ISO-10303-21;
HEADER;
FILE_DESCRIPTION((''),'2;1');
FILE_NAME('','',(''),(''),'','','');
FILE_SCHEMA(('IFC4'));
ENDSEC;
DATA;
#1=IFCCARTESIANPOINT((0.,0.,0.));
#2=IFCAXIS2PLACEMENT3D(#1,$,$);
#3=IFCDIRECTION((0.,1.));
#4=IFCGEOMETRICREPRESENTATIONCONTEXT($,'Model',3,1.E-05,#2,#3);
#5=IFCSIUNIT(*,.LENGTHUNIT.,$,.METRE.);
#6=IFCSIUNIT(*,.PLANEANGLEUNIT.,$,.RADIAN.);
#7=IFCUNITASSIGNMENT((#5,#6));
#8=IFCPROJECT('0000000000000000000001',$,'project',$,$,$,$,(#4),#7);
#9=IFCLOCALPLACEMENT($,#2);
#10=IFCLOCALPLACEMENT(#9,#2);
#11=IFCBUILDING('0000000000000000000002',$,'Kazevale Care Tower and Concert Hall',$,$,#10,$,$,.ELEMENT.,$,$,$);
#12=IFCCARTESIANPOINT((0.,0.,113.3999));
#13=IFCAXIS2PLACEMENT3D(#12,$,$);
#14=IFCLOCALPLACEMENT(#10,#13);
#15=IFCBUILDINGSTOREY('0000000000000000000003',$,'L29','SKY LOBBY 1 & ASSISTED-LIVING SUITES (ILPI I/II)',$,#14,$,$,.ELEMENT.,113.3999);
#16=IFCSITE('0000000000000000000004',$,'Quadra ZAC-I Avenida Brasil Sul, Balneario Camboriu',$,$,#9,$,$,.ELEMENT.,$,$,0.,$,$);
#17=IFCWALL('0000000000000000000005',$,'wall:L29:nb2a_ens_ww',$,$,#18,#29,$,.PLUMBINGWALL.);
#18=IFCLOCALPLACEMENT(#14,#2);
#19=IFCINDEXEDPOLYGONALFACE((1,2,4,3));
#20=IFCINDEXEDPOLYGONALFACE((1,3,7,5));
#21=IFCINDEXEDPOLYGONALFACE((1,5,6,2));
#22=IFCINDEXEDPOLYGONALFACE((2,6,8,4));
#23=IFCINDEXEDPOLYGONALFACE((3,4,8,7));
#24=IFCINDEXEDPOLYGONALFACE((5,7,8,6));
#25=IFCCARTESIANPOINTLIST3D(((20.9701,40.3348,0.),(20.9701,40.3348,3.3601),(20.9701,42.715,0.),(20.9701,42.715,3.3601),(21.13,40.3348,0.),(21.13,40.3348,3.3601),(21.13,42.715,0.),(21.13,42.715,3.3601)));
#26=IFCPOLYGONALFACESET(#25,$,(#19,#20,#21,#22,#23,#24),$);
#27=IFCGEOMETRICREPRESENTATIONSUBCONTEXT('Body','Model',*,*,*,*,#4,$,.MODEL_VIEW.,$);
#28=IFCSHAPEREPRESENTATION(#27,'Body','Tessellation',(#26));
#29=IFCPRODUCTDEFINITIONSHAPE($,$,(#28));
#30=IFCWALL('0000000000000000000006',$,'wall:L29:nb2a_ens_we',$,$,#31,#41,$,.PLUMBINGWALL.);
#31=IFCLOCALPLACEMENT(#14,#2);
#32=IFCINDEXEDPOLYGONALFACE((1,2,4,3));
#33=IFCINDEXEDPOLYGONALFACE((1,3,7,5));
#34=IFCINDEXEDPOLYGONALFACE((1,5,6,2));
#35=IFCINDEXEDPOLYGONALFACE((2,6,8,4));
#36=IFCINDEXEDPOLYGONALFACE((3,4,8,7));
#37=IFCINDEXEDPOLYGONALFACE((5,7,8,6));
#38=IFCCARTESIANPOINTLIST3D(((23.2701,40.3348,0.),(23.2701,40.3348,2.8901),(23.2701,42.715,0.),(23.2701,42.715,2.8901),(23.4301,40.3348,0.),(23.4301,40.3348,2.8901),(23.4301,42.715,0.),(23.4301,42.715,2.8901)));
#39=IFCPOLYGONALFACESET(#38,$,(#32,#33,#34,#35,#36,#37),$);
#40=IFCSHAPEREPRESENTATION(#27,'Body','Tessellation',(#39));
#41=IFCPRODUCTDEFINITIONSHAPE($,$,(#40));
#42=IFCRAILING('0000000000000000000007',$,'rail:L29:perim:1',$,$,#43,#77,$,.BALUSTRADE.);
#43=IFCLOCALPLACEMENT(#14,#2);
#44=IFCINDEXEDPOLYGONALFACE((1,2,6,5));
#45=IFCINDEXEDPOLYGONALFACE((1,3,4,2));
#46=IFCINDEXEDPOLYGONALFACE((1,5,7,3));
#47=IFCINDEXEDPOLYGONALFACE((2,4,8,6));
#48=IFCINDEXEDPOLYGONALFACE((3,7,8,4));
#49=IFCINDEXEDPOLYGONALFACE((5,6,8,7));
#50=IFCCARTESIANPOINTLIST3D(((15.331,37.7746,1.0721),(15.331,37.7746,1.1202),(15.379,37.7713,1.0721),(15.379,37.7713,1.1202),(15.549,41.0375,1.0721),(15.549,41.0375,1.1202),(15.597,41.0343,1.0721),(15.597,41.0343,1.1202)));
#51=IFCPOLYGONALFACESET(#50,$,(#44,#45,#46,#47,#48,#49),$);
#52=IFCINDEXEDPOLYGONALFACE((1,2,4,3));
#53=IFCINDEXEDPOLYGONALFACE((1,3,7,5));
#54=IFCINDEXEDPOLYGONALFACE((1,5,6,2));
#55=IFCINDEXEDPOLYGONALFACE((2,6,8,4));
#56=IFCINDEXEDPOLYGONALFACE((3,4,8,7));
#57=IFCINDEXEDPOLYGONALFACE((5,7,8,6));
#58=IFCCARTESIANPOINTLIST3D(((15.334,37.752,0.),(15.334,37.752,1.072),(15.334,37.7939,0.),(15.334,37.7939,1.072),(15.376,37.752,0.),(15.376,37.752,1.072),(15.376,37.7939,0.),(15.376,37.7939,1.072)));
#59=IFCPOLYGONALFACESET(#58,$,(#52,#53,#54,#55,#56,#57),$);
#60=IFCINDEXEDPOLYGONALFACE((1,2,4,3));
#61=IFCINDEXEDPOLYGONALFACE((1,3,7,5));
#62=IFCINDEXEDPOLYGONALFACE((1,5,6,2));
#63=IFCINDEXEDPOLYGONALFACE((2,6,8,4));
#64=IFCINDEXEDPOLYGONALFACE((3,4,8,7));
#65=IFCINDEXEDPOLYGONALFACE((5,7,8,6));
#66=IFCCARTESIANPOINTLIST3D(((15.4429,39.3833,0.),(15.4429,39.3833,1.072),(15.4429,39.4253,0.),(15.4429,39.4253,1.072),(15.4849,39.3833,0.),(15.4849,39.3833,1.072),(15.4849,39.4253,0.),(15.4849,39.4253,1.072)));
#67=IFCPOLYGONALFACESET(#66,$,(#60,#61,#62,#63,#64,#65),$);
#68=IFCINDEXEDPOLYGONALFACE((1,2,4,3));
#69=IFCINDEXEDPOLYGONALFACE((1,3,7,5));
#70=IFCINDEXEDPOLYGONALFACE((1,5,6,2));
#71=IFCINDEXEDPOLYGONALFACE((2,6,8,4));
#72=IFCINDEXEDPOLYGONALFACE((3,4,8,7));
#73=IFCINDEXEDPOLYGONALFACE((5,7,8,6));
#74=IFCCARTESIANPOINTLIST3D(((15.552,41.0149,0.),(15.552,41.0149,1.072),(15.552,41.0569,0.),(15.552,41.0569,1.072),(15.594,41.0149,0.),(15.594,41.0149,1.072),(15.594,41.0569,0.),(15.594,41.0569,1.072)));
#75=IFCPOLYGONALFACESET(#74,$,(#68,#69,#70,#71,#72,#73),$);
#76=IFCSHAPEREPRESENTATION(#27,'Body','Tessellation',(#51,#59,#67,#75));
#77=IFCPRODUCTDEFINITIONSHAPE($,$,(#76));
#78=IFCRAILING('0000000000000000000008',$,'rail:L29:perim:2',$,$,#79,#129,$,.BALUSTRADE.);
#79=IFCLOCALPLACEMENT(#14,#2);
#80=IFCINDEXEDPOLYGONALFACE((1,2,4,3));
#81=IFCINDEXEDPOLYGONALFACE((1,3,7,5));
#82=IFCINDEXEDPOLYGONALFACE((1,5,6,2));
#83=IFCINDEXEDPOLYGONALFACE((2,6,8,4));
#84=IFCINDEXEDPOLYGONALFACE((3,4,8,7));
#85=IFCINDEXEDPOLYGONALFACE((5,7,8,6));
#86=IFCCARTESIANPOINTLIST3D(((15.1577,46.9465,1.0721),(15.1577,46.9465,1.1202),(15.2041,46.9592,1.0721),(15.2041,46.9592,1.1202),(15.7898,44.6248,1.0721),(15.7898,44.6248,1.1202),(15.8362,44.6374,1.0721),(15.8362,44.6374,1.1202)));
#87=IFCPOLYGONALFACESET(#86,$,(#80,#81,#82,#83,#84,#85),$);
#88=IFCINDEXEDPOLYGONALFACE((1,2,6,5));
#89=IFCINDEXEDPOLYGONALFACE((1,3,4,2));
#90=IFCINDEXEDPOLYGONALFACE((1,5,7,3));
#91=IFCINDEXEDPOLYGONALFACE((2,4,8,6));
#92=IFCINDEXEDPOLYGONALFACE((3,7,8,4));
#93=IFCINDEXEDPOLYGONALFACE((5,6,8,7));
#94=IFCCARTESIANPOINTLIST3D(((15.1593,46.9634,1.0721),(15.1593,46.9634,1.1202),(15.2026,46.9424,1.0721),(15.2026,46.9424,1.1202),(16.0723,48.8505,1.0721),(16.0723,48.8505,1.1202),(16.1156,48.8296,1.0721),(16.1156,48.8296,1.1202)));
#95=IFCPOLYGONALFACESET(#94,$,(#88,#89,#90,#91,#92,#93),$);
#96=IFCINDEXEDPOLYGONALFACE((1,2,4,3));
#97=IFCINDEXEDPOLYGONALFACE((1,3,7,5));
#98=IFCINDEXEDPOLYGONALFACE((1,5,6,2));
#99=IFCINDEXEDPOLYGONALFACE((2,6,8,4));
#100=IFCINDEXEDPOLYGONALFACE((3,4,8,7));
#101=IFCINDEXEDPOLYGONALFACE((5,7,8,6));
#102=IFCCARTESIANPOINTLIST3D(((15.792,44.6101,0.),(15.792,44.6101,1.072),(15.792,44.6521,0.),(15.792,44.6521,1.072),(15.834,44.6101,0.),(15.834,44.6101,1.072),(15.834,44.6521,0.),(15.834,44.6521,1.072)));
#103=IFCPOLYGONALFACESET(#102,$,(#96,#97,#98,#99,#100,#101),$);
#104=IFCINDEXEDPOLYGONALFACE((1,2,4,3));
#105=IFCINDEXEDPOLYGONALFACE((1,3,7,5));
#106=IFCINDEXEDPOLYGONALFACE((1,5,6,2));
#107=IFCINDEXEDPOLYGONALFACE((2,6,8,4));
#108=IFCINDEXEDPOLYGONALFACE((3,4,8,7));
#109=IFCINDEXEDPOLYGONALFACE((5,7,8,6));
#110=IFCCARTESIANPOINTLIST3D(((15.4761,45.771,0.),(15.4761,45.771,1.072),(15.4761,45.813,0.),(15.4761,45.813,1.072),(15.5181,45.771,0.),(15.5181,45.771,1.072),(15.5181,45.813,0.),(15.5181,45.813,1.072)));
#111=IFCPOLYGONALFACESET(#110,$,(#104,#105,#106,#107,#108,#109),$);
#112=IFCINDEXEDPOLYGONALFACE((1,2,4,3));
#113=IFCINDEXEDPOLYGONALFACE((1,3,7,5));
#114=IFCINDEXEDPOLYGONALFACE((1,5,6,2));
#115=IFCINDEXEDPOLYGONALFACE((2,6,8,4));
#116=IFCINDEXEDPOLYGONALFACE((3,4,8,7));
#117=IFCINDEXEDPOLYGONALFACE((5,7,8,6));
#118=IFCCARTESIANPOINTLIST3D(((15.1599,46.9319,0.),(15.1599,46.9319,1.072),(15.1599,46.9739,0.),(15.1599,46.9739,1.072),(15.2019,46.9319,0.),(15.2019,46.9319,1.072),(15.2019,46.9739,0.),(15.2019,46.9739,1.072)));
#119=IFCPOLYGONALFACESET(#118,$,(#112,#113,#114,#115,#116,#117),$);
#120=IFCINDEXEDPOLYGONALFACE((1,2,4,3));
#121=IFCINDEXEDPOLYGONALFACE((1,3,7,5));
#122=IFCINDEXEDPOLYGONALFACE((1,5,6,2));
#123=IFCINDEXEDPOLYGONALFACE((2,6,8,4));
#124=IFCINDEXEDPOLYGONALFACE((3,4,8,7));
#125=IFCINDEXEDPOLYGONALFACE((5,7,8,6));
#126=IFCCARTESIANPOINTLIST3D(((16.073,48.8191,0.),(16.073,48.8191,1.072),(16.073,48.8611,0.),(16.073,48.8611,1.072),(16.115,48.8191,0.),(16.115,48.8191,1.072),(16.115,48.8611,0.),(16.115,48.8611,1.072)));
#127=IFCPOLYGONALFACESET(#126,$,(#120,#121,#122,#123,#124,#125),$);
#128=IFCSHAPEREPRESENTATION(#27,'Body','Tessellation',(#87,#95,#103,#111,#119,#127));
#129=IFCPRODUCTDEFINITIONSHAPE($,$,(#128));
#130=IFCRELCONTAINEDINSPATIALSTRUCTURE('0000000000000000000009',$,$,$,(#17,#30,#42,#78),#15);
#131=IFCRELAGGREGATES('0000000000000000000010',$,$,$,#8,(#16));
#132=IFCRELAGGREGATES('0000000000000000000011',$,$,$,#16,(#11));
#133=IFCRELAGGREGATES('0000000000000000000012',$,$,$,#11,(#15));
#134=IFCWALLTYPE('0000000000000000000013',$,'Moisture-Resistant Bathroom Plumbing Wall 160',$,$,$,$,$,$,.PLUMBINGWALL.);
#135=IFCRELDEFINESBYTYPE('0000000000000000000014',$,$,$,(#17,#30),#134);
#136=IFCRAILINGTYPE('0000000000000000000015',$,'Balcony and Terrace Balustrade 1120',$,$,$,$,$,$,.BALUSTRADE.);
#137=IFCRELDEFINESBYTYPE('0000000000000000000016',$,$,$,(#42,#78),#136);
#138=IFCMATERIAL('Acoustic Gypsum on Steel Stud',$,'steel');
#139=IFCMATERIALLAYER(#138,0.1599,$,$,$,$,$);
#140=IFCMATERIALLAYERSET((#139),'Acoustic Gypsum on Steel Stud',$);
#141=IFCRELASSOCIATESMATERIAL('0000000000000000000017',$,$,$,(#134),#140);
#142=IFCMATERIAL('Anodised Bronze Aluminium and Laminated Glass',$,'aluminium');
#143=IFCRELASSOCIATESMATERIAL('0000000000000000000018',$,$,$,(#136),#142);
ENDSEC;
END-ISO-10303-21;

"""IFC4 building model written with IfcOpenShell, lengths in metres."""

from ifc_helpers import new_model, si_unit, direction, frame, frame_2d, origin, origin_2d, place, context, subcontext, project, spatial, rectangle, extrude, material, layer, layer_set, type_object, element, save


model = new_model("IFC4")

# Units and contexts
model_context = context("Model", 3, precision=1e-05, world=origin(), true_north=direction((0.0, 1.0)))
body_context = subcontext(model_context, "Body", "Model", "MODEL_VIEW")
ifc_project = project(units=[si_unit("LENGTHUNIT", "METRE"), si_unit("PLANEANGLEUNIT", "RADIAN")], contexts=[model_context])

# Site, building, storey
site_placement = place(None, origin())
site = spatial("IfcSite", under=ifc_project, at=site_placement, Name="Quadra ZAC-I Avenida Brasil Sul, Balneario Camboriu", CompositionType="ELEMENT", RefElevation=0.0)
building_placement = place(site_placement, origin())
building = spatial("IfcBuilding", under=site, at=building_placement, Name="Kazevale Care Tower and Concert Hall", CompositionType="ELEMENT")
storey_placement = place(building_placement, frame((0.0, 0.0, 113.3999)))
storey = spatial("IfcBuildingStorey", under=building, at=storey_placement, Name="L29", Description="SKY LOBBY 1 & ASSISTED-LIVING SUITES (ILPI I/II)", CompositionType="ELEMENT", Elevation=113.3999)

# Shared definitions
ifc_material_1 = material(Name="Acoustic Gypsum on Steel Stud", Category="steel")
ifc_layer_1 = layer(ifc_material_1, 0.1599)
ifc_layer_set_1 = layer_set([ifc_layer_1], Name="Acoustic Gypsum on Steel Stud")
wall_type_1 = type_object("IfcWallType", Name="Moisture-Resistant Bathroom Plumbing Wall 160", PredefinedType="PLUMBINGWALL", material=ifc_layer_set_1)

# Walls
wall_1_placement = place(storey_placement, frame((21.05, 40.335, 0.0), z_axis=(0.0, 0.0, 1.0), x_axis=(0.0, 1.0, 0.0)))
element("IfcWall", 1, at=wall_1_placement, inside=storey, type_object=wall_type_1, Name="wall:L29:nb2a_ens_ww", PredefinedType="PLUMBINGWALL", context=body_context, shape_type="SweptSolid", body=[
    extrude(rectangle(XDim=2.3801, YDim=0.1599, at=frame_2d((1.1899, 0.0))), origin(), (0.0, 0.0, 1.0), 3.3601),
])
wall_2_placement = place(storey_placement, frame((23.3501, 40.335, 0.0), z_axis=(0.0, 0.0, 1.0), x_axis=(0.0, 1.0, 0.0)))
element("IfcWall", 2, at=wall_2_placement, inside=storey, type_object=wall_type_1, Name="wall:L29:nb2a_ens_we", PredefinedType="PLUMBINGWALL", context=body_context, shape_type="SweptSolid", body=[
    extrude(rectangle(XDim=2.3801, YDim=0.1599, at=frame_2d((1.1899, 0.0))), origin(), (0.0, 0.0, 1.0), 2.8901),
])

# Railings
ifc_material_2 = material(Name="Anodised Bronze Aluminium and Laminated Glass", Category="aluminium")
railing_type = type_object("IfcRailingType", Name="Balcony and Terrace Balustrade 1120", PredefinedType="BALUSTRADE", material=ifc_material_2)
railing_1_placement = place(storey_placement, frame((15.355, 37.7729, 0.0)))
element("IfcRailing", 3, at=railing_1_placement, inside=storey, type_object=railing_type, Name="rail:L29:perim:1", PredefinedType="BALUSTRADE", context=body_context, shape_type="SweptSolid", body=[
    extrude(rectangle(XDim=0.0481, YDim=0.0481, at=origin_2d()), frame((0.0, 0.0, 1.0962), z_axis=(0.066668, 0.997775, 0.0), x_axis=(-0.997775, 0.066668, 0.0)), (0.0, 0.0, 1.0), 3.2703),
    extrude(rectangle(XDim=0.042, YDim=0.042, at=origin_2d()), origin(), (0.0, 0.0, 1.0), 1.072),
    extrude(rectangle(XDim=0.042, YDim=0.042, at=origin_2d()), frame((0.1089, 1.6313, 0.0)), (0.0, 0.0, 1.0), 1.072),
    extrude(rectangle(XDim=0.042, YDim=0.042, at=origin_2d()), frame((0.218, 3.2629, 0.0)), (0.0, 0.0, 1.0), 1.072),
])
railing_2_placement = place(storey_placement, frame((15.813, 44.6311, 0.0)))
element("IfcRailing", 4, at=railing_2_placement, inside=storey, type_object=railing_type, Name="rail:L29:perim:2", PredefinedType="BALUSTRADE", context=body_context, shape_type="SweptSolid", body=[
    extrude(rectangle(XDim=0.0481, YDim=0.0481, at=origin_2d()), frame((0.0, 0.0, 1.0962), z_axis=(-0.26268, 0.964883, 0.0), x_axis=(-0.964883, -0.26268, 0.0)), (0.0, 0.0, 1.0), 2.4062),
    extrude(rectangle(XDim=0.0481, YDim=0.0481, at=origin_2d()), frame((-0.6321, 2.3218, 1.0962), z_axis=(0.43553, 0.900174, 0.0), x_axis=(-0.900174, 0.43553, 0.0)), (0.0, 0.0, 1.0), 2.0964),
    extrude(rectangle(XDim=0.042, YDim=0.042, at=origin_2d()), origin(), (0.0, 0.0, 1.0), 1.072),
    extrude(rectangle(XDim=0.042, YDim=0.042, at=origin_2d()), frame((-0.3159, 1.1609, 0.0)), (0.0, 0.0, 1.0), 1.072),
    extrude(rectangle(XDim=0.042, YDim=0.042, at=origin_2d()), frame((-0.6321, 2.3218, 0.0)), (0.0, 0.0, 1.0), 1.072),
    extrude(rectangle(XDim=0.042, YDim=0.042, at=origin_2d()), frame((0.281, 4.209, 0.0)), (0.0, 0.0, 1.0), 1.072),
])

save(model, "model.ifc")
